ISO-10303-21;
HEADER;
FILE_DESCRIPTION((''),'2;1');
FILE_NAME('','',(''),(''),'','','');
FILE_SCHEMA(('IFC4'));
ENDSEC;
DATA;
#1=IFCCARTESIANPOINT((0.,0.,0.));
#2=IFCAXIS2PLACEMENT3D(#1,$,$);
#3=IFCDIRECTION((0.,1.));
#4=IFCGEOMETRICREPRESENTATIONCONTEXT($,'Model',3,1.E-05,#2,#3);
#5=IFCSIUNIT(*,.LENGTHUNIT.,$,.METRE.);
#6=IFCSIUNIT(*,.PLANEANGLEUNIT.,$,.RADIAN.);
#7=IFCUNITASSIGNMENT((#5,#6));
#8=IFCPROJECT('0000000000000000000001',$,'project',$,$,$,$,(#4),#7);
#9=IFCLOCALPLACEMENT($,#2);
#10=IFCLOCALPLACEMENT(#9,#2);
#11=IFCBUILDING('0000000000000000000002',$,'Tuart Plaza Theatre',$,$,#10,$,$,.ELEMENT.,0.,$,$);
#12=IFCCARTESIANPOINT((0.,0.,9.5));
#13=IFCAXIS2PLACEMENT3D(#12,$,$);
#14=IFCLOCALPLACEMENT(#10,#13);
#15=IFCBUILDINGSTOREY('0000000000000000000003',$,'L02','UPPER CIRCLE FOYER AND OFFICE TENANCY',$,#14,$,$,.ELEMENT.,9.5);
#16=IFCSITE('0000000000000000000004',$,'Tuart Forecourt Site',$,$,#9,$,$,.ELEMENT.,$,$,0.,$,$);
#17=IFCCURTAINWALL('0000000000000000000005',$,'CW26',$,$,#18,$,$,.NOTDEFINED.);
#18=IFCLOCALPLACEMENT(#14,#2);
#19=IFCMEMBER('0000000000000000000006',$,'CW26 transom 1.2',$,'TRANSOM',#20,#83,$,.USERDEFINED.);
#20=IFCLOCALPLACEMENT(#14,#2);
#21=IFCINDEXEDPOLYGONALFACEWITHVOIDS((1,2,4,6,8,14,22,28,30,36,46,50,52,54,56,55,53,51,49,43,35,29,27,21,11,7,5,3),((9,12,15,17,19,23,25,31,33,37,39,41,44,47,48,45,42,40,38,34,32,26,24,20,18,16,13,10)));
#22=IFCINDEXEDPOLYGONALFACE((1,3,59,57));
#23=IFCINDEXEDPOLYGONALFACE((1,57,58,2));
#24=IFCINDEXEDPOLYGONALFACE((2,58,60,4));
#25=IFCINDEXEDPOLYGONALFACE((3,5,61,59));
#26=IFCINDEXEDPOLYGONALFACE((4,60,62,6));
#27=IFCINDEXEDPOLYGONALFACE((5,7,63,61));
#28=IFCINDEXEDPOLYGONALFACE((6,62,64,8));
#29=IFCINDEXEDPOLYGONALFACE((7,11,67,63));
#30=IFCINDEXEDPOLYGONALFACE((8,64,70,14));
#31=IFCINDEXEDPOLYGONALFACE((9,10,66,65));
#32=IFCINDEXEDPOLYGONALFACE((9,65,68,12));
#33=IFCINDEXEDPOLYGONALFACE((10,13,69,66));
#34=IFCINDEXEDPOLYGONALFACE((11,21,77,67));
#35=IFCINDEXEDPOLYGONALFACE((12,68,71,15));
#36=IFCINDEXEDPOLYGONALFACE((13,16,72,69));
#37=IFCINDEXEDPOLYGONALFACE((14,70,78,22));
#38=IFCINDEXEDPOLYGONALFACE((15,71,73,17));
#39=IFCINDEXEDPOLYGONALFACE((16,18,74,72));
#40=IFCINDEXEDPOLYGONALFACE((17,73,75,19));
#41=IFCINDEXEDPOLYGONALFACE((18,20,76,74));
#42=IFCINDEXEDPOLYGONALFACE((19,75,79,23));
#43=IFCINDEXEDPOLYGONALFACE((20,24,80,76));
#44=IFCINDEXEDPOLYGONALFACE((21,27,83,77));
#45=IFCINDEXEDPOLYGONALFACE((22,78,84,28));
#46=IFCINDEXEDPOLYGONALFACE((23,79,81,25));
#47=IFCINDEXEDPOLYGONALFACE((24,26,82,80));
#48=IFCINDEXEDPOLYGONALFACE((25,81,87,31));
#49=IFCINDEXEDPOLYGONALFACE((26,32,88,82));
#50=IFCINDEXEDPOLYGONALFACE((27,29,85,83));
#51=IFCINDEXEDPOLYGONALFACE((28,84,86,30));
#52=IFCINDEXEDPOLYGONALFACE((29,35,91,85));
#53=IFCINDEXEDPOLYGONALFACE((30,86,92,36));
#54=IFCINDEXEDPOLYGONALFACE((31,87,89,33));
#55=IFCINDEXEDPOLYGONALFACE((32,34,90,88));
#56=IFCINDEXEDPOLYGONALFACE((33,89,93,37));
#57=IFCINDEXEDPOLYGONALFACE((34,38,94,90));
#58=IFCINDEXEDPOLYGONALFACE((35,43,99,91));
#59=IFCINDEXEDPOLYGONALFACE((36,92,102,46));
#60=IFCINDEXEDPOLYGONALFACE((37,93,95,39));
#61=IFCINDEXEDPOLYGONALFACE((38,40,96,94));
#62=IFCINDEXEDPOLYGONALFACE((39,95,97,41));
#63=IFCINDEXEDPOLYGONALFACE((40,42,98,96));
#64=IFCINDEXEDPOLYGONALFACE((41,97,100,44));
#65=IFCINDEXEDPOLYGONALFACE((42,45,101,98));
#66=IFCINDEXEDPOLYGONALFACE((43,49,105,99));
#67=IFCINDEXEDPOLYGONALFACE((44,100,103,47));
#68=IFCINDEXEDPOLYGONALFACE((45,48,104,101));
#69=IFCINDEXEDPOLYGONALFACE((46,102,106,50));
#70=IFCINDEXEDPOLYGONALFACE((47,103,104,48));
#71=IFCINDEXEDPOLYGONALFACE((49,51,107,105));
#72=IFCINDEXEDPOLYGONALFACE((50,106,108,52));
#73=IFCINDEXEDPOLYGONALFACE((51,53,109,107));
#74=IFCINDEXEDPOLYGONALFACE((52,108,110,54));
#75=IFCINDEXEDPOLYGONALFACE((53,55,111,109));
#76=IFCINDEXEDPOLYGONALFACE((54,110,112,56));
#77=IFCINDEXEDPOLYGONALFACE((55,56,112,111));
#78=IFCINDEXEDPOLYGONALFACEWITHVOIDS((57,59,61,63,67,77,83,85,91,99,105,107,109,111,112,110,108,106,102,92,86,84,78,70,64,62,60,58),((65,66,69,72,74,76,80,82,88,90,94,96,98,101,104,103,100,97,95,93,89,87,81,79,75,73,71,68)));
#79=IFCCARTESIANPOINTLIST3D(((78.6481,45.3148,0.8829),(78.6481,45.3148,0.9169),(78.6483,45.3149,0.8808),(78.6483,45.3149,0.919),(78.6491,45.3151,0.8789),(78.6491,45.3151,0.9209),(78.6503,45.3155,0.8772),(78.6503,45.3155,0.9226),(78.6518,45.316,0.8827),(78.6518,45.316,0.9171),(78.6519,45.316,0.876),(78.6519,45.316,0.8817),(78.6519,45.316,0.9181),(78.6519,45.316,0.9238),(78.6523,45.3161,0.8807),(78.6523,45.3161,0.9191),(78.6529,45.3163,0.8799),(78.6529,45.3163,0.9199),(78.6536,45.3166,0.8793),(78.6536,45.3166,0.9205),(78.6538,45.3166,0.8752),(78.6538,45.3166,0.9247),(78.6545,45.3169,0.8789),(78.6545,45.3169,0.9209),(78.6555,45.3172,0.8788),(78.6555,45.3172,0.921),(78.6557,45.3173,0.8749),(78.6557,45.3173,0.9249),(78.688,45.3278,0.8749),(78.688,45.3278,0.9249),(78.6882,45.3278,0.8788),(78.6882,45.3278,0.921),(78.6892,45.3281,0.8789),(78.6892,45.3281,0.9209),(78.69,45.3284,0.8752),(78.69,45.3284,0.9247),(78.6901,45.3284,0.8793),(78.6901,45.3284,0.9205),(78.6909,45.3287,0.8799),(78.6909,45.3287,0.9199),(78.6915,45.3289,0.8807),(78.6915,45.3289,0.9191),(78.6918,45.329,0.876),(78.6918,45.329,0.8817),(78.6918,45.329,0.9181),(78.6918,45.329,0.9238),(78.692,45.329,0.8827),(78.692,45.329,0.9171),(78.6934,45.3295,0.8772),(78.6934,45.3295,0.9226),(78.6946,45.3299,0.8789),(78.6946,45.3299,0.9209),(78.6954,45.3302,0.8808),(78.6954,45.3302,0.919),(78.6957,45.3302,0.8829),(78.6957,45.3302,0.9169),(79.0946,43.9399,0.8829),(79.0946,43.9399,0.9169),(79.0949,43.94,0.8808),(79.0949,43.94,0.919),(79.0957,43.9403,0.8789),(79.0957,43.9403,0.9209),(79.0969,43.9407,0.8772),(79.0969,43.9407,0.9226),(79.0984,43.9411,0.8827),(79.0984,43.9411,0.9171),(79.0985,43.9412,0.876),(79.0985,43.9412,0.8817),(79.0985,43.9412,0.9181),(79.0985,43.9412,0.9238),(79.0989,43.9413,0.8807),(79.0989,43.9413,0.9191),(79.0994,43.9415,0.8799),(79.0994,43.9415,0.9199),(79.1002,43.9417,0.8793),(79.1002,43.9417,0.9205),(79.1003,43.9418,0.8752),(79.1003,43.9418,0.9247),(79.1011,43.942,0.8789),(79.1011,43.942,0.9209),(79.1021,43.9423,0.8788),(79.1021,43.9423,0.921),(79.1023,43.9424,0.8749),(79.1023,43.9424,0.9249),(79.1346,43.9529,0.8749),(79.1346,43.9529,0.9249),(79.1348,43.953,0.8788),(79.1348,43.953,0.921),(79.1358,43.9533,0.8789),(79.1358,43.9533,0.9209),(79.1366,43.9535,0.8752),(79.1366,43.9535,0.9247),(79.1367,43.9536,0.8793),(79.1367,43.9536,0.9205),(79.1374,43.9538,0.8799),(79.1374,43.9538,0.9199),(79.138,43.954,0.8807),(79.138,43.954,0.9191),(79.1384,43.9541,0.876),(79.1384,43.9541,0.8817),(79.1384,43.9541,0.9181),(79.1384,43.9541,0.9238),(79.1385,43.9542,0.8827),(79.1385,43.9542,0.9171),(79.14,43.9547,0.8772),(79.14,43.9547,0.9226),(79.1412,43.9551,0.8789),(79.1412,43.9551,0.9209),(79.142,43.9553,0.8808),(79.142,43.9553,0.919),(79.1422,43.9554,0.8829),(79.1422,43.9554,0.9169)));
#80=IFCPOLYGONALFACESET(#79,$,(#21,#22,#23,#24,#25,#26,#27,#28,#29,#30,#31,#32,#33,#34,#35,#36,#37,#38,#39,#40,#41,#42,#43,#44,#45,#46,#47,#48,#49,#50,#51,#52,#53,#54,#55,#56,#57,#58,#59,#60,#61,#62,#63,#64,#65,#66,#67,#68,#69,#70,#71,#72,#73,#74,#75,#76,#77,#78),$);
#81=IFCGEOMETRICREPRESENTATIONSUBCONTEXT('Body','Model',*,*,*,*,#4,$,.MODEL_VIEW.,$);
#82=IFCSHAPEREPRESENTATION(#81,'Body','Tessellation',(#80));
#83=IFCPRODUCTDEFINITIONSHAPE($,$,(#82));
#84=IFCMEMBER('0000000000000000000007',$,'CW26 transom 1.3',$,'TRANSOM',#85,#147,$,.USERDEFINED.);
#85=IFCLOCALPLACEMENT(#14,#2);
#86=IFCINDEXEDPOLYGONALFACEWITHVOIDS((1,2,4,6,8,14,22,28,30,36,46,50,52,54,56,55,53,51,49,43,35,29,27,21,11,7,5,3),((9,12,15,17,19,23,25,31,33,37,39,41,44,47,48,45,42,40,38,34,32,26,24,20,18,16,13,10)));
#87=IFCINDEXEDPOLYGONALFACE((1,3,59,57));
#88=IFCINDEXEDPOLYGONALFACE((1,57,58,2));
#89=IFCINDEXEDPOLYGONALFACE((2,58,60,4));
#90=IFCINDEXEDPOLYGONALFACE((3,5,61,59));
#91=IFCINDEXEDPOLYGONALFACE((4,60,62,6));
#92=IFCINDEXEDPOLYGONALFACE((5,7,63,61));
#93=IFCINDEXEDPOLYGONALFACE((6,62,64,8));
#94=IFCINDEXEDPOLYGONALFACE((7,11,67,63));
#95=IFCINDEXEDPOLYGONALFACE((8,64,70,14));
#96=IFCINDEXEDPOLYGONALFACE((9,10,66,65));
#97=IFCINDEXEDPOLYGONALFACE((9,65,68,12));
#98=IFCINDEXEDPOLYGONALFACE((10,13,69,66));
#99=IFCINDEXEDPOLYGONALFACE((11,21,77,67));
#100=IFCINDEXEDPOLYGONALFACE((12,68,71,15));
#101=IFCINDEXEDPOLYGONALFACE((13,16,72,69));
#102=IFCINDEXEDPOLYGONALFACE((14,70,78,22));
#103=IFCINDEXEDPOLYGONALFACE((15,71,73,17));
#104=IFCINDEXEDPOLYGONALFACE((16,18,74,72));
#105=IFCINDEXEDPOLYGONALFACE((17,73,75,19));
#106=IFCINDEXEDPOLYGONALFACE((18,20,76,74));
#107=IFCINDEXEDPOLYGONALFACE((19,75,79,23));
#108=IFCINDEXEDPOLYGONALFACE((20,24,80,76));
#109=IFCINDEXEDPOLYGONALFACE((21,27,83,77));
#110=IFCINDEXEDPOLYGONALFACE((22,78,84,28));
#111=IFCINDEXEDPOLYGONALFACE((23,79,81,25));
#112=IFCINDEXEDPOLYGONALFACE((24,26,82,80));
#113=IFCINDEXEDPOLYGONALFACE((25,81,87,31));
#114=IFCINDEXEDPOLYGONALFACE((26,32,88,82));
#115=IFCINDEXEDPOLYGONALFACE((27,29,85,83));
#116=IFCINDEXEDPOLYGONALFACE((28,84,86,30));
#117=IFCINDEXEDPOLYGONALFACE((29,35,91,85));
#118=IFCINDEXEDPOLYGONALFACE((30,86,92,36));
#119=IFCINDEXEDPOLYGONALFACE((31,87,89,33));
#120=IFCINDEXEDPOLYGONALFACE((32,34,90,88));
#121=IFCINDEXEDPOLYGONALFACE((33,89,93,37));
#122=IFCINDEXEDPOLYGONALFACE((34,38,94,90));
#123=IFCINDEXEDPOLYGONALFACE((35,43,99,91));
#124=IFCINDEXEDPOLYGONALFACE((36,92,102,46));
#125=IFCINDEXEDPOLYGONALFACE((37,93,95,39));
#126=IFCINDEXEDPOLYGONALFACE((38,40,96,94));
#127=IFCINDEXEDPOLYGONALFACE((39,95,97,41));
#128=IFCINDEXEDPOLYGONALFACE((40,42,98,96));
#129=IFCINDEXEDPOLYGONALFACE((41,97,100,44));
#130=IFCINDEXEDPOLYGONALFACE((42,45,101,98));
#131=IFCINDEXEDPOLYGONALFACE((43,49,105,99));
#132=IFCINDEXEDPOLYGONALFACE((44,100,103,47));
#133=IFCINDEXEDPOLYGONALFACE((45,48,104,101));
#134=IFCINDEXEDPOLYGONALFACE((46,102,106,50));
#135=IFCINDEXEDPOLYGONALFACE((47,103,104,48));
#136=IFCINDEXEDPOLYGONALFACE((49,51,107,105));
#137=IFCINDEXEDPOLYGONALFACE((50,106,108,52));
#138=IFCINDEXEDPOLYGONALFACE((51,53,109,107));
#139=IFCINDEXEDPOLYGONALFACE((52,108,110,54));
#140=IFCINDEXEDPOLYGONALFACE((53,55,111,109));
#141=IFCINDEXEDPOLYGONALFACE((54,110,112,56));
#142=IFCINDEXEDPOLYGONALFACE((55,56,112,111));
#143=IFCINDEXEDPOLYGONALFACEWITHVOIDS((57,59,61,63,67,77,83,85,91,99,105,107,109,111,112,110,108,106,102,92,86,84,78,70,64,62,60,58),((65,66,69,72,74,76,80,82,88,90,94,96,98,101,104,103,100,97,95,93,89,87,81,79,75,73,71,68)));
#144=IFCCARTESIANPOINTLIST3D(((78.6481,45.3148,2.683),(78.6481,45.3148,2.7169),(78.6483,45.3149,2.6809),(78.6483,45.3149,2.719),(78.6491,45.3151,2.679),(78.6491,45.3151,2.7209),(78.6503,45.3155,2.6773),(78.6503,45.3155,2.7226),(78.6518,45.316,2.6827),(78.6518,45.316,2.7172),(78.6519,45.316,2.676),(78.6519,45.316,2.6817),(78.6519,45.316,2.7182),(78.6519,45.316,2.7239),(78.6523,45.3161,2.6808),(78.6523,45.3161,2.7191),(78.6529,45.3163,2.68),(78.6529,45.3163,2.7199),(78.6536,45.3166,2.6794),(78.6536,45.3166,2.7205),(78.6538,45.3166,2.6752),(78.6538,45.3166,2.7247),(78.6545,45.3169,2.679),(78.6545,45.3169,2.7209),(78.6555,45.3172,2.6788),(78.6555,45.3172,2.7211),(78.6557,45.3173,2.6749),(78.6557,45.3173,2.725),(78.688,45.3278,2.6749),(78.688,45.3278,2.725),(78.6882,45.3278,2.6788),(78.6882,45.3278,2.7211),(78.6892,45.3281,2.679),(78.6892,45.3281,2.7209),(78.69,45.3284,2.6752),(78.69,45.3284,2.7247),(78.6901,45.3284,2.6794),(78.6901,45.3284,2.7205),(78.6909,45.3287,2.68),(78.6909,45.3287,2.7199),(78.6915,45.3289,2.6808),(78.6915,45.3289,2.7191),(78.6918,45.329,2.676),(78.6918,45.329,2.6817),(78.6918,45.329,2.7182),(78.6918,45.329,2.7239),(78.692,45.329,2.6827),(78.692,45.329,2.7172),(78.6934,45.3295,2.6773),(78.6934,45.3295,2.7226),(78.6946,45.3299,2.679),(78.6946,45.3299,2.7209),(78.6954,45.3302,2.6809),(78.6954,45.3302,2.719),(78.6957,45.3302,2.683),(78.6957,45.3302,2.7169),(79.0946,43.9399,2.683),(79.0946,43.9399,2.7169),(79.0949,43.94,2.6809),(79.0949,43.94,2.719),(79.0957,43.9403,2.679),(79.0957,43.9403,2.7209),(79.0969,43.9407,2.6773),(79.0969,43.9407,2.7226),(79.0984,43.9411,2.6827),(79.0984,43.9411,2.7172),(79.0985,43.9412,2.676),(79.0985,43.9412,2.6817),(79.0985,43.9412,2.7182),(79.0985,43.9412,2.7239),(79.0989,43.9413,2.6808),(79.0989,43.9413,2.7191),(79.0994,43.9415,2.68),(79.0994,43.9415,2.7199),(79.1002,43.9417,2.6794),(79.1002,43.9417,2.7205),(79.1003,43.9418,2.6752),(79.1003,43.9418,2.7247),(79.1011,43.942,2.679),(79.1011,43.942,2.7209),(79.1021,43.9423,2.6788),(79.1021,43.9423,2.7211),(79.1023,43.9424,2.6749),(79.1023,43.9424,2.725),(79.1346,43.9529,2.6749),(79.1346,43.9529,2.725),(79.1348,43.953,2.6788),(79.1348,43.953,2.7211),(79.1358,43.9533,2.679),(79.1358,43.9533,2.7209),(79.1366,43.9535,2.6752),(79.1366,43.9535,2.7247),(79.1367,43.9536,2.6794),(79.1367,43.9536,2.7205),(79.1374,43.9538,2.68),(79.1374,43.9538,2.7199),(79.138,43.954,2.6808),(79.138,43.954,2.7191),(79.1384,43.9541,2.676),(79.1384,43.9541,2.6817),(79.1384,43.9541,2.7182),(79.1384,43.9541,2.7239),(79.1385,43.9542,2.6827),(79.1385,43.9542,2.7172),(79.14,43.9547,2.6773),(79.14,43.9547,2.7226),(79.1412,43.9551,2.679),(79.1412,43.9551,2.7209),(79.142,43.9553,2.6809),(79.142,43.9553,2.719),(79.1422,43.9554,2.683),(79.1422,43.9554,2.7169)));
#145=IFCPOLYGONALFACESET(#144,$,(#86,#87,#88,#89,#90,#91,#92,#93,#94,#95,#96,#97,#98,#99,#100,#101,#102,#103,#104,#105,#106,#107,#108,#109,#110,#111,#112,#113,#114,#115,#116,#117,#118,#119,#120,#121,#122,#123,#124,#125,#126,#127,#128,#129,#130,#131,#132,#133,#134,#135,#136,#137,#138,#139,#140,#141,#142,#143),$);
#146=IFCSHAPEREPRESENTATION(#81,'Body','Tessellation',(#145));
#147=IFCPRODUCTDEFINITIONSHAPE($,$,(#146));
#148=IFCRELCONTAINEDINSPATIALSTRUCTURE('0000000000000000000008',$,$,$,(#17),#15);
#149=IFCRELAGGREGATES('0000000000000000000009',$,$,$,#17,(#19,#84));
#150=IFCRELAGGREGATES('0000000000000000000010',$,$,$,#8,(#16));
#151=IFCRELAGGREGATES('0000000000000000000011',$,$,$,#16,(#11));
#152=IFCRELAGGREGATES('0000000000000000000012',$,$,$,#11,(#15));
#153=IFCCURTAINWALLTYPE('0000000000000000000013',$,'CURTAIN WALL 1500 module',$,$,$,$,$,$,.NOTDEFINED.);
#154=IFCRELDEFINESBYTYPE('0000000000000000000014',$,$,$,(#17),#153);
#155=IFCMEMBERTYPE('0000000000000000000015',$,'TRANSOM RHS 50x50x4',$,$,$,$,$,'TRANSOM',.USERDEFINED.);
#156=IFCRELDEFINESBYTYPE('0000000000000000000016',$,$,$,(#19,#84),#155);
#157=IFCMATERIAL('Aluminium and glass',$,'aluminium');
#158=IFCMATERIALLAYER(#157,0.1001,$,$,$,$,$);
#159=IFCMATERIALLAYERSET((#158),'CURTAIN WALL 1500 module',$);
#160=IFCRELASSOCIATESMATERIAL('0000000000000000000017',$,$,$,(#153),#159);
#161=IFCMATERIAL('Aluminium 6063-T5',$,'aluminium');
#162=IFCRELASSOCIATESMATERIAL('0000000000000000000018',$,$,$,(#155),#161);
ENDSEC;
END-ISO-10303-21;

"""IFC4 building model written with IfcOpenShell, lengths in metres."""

from ifc_helpers import new_model, si_unit, direction, frame, origin, origin_2d, place, context, subcontext, project, spatial, hollow_rectangle, extrude, material, layer, layer_set, material_profile, profile_set, type_object, element, aggregate, save


model = new_model("IFC4")

# Units and contexts
model_context = context("Model", 3, precision=1e-05, world=origin(), true_north=direction((0.0, 1.0)))
body_context = subcontext(model_context, "Body", "Model", "MODEL_VIEW")
ifc_project = project(units=[si_unit("LENGTHUNIT", "METRE"), si_unit("PLANEANGLEUNIT", "RADIAN")], contexts=[model_context])

# Site, building, storey
site_placement = place(None, origin())
site = spatial("IfcSite", under=ifc_project, at=site_placement, Name="Tuart Forecourt Site", CompositionType="ELEMENT", RefElevation=0.0)
building_placement = place(site_placement, origin())
building = spatial("IfcBuilding", under=site, at=building_placement, Name="Tuart Plaza Theatre", CompositionType="ELEMENT", ElevationOfRefHeight=0.0)
storey_placement = place(building_placement, frame((0.0, 0.0, 9.5)))
storey = spatial("IfcBuildingStorey", under=building, at=storey_placement, Name="L02", Description="UPPER CIRCLE FOYER AND OFFICE TENANCY", CompositionType="ELEMENT", Elevation=9.5)

# Curtain wall, members
ifc_material_1 = material(Name="Aluminium and glass", Category="aluminium")
ifc_layer_1 = layer(ifc_material_1, 0.1001)
ifc_layer_set_1 = layer_set([ifc_layer_1], Name="CURTAIN WALL 1500 module")
curtain_wall_type = type_object("IfcCurtainWallType", Name="CURTAIN WALL 1500 module", PredefinedType="NOTDEFINED", material=ifc_layer_set_1)
curtain_wall_1_placement = place(storey_placement, origin())
curtain_wall_1 = element("IfcCurtainWall", 1, at=curtain_wall_1_placement, inside=storey, type_object=curtain_wall_type, Name="CW26", PredefinedType="NOTDEFINED")
ifc_material_2 = material(Name="Aluminium 6063-T5", Category="aluminium")
ifc_material_profile_1 = material_profile(ifc_material_2, hollow_rectangle(XDim=0.05, YDim=0.05, WallThickness=0.0039, InnerFilletRadius=0.0039, OuterFilletRadius=0.0081, at=origin_2d()), Name="RHS 50x50x4")
ifc_profile_set_1 = profile_set([ifc_material_profile_1], Name="Aluminium 6063-T5")
member_type_1 = type_object("IfcMemberType", Name="TRANSOM RHS 50x50x4", ElementType="TRANSOM", PredefinedType="USERDEFINED", material=ifc_profile_set_1)
member_1_placement = place(storey_placement, frame((78.6719, 45.3225, 0.8999), z_axis=(0.308922, -0.951087, 0.0), x_axis=(0.951087, 0.308922, 0.0)))
member_1 = element("IfcMember", 2, at=member_1_placement, type_object=member_type_1, Name="CW26 transom 1.2", ObjectType="TRANSOM", PredefinedType="USERDEFINED", context=body_context, shape_type="SweptSolid", body=[
    extrude(hollow_rectangle(XDim=0.05, YDim=0.05, WallThickness=0.0039, InnerFilletRadius=0.0039, OuterFilletRadius=0.0081, at=origin_2d()), origin(), (0.0, 0.0, 1.0), 1.4456),
])
member_2_placement = place(storey_placement, frame((78.6719, 45.3225, 2.7), z_axis=(0.308922, -0.951087, 0.0), x_axis=(0.951087, 0.308922, 0.0)))
member_2 = element("IfcMember", 3, at=member_2_placement, type_object=member_type_1, Name="CW26 transom 1.3", ObjectType="TRANSOM", PredefinedType="USERDEFINED", context=body_context, shape_type="SweptSolid", body=[
    extrude(hollow_rectangle(XDim=0.05, YDim=0.05, WallThickness=0.0039, InnerFilletRadius=0.0039, OuterFilletRadius=0.0081, at=origin_2d()), origin(), (0.0, 0.0, 1.0), 1.4456),
])

aggregate(curtain_wall_1, [member_1, member_2])

save(model, "model.ifc")
